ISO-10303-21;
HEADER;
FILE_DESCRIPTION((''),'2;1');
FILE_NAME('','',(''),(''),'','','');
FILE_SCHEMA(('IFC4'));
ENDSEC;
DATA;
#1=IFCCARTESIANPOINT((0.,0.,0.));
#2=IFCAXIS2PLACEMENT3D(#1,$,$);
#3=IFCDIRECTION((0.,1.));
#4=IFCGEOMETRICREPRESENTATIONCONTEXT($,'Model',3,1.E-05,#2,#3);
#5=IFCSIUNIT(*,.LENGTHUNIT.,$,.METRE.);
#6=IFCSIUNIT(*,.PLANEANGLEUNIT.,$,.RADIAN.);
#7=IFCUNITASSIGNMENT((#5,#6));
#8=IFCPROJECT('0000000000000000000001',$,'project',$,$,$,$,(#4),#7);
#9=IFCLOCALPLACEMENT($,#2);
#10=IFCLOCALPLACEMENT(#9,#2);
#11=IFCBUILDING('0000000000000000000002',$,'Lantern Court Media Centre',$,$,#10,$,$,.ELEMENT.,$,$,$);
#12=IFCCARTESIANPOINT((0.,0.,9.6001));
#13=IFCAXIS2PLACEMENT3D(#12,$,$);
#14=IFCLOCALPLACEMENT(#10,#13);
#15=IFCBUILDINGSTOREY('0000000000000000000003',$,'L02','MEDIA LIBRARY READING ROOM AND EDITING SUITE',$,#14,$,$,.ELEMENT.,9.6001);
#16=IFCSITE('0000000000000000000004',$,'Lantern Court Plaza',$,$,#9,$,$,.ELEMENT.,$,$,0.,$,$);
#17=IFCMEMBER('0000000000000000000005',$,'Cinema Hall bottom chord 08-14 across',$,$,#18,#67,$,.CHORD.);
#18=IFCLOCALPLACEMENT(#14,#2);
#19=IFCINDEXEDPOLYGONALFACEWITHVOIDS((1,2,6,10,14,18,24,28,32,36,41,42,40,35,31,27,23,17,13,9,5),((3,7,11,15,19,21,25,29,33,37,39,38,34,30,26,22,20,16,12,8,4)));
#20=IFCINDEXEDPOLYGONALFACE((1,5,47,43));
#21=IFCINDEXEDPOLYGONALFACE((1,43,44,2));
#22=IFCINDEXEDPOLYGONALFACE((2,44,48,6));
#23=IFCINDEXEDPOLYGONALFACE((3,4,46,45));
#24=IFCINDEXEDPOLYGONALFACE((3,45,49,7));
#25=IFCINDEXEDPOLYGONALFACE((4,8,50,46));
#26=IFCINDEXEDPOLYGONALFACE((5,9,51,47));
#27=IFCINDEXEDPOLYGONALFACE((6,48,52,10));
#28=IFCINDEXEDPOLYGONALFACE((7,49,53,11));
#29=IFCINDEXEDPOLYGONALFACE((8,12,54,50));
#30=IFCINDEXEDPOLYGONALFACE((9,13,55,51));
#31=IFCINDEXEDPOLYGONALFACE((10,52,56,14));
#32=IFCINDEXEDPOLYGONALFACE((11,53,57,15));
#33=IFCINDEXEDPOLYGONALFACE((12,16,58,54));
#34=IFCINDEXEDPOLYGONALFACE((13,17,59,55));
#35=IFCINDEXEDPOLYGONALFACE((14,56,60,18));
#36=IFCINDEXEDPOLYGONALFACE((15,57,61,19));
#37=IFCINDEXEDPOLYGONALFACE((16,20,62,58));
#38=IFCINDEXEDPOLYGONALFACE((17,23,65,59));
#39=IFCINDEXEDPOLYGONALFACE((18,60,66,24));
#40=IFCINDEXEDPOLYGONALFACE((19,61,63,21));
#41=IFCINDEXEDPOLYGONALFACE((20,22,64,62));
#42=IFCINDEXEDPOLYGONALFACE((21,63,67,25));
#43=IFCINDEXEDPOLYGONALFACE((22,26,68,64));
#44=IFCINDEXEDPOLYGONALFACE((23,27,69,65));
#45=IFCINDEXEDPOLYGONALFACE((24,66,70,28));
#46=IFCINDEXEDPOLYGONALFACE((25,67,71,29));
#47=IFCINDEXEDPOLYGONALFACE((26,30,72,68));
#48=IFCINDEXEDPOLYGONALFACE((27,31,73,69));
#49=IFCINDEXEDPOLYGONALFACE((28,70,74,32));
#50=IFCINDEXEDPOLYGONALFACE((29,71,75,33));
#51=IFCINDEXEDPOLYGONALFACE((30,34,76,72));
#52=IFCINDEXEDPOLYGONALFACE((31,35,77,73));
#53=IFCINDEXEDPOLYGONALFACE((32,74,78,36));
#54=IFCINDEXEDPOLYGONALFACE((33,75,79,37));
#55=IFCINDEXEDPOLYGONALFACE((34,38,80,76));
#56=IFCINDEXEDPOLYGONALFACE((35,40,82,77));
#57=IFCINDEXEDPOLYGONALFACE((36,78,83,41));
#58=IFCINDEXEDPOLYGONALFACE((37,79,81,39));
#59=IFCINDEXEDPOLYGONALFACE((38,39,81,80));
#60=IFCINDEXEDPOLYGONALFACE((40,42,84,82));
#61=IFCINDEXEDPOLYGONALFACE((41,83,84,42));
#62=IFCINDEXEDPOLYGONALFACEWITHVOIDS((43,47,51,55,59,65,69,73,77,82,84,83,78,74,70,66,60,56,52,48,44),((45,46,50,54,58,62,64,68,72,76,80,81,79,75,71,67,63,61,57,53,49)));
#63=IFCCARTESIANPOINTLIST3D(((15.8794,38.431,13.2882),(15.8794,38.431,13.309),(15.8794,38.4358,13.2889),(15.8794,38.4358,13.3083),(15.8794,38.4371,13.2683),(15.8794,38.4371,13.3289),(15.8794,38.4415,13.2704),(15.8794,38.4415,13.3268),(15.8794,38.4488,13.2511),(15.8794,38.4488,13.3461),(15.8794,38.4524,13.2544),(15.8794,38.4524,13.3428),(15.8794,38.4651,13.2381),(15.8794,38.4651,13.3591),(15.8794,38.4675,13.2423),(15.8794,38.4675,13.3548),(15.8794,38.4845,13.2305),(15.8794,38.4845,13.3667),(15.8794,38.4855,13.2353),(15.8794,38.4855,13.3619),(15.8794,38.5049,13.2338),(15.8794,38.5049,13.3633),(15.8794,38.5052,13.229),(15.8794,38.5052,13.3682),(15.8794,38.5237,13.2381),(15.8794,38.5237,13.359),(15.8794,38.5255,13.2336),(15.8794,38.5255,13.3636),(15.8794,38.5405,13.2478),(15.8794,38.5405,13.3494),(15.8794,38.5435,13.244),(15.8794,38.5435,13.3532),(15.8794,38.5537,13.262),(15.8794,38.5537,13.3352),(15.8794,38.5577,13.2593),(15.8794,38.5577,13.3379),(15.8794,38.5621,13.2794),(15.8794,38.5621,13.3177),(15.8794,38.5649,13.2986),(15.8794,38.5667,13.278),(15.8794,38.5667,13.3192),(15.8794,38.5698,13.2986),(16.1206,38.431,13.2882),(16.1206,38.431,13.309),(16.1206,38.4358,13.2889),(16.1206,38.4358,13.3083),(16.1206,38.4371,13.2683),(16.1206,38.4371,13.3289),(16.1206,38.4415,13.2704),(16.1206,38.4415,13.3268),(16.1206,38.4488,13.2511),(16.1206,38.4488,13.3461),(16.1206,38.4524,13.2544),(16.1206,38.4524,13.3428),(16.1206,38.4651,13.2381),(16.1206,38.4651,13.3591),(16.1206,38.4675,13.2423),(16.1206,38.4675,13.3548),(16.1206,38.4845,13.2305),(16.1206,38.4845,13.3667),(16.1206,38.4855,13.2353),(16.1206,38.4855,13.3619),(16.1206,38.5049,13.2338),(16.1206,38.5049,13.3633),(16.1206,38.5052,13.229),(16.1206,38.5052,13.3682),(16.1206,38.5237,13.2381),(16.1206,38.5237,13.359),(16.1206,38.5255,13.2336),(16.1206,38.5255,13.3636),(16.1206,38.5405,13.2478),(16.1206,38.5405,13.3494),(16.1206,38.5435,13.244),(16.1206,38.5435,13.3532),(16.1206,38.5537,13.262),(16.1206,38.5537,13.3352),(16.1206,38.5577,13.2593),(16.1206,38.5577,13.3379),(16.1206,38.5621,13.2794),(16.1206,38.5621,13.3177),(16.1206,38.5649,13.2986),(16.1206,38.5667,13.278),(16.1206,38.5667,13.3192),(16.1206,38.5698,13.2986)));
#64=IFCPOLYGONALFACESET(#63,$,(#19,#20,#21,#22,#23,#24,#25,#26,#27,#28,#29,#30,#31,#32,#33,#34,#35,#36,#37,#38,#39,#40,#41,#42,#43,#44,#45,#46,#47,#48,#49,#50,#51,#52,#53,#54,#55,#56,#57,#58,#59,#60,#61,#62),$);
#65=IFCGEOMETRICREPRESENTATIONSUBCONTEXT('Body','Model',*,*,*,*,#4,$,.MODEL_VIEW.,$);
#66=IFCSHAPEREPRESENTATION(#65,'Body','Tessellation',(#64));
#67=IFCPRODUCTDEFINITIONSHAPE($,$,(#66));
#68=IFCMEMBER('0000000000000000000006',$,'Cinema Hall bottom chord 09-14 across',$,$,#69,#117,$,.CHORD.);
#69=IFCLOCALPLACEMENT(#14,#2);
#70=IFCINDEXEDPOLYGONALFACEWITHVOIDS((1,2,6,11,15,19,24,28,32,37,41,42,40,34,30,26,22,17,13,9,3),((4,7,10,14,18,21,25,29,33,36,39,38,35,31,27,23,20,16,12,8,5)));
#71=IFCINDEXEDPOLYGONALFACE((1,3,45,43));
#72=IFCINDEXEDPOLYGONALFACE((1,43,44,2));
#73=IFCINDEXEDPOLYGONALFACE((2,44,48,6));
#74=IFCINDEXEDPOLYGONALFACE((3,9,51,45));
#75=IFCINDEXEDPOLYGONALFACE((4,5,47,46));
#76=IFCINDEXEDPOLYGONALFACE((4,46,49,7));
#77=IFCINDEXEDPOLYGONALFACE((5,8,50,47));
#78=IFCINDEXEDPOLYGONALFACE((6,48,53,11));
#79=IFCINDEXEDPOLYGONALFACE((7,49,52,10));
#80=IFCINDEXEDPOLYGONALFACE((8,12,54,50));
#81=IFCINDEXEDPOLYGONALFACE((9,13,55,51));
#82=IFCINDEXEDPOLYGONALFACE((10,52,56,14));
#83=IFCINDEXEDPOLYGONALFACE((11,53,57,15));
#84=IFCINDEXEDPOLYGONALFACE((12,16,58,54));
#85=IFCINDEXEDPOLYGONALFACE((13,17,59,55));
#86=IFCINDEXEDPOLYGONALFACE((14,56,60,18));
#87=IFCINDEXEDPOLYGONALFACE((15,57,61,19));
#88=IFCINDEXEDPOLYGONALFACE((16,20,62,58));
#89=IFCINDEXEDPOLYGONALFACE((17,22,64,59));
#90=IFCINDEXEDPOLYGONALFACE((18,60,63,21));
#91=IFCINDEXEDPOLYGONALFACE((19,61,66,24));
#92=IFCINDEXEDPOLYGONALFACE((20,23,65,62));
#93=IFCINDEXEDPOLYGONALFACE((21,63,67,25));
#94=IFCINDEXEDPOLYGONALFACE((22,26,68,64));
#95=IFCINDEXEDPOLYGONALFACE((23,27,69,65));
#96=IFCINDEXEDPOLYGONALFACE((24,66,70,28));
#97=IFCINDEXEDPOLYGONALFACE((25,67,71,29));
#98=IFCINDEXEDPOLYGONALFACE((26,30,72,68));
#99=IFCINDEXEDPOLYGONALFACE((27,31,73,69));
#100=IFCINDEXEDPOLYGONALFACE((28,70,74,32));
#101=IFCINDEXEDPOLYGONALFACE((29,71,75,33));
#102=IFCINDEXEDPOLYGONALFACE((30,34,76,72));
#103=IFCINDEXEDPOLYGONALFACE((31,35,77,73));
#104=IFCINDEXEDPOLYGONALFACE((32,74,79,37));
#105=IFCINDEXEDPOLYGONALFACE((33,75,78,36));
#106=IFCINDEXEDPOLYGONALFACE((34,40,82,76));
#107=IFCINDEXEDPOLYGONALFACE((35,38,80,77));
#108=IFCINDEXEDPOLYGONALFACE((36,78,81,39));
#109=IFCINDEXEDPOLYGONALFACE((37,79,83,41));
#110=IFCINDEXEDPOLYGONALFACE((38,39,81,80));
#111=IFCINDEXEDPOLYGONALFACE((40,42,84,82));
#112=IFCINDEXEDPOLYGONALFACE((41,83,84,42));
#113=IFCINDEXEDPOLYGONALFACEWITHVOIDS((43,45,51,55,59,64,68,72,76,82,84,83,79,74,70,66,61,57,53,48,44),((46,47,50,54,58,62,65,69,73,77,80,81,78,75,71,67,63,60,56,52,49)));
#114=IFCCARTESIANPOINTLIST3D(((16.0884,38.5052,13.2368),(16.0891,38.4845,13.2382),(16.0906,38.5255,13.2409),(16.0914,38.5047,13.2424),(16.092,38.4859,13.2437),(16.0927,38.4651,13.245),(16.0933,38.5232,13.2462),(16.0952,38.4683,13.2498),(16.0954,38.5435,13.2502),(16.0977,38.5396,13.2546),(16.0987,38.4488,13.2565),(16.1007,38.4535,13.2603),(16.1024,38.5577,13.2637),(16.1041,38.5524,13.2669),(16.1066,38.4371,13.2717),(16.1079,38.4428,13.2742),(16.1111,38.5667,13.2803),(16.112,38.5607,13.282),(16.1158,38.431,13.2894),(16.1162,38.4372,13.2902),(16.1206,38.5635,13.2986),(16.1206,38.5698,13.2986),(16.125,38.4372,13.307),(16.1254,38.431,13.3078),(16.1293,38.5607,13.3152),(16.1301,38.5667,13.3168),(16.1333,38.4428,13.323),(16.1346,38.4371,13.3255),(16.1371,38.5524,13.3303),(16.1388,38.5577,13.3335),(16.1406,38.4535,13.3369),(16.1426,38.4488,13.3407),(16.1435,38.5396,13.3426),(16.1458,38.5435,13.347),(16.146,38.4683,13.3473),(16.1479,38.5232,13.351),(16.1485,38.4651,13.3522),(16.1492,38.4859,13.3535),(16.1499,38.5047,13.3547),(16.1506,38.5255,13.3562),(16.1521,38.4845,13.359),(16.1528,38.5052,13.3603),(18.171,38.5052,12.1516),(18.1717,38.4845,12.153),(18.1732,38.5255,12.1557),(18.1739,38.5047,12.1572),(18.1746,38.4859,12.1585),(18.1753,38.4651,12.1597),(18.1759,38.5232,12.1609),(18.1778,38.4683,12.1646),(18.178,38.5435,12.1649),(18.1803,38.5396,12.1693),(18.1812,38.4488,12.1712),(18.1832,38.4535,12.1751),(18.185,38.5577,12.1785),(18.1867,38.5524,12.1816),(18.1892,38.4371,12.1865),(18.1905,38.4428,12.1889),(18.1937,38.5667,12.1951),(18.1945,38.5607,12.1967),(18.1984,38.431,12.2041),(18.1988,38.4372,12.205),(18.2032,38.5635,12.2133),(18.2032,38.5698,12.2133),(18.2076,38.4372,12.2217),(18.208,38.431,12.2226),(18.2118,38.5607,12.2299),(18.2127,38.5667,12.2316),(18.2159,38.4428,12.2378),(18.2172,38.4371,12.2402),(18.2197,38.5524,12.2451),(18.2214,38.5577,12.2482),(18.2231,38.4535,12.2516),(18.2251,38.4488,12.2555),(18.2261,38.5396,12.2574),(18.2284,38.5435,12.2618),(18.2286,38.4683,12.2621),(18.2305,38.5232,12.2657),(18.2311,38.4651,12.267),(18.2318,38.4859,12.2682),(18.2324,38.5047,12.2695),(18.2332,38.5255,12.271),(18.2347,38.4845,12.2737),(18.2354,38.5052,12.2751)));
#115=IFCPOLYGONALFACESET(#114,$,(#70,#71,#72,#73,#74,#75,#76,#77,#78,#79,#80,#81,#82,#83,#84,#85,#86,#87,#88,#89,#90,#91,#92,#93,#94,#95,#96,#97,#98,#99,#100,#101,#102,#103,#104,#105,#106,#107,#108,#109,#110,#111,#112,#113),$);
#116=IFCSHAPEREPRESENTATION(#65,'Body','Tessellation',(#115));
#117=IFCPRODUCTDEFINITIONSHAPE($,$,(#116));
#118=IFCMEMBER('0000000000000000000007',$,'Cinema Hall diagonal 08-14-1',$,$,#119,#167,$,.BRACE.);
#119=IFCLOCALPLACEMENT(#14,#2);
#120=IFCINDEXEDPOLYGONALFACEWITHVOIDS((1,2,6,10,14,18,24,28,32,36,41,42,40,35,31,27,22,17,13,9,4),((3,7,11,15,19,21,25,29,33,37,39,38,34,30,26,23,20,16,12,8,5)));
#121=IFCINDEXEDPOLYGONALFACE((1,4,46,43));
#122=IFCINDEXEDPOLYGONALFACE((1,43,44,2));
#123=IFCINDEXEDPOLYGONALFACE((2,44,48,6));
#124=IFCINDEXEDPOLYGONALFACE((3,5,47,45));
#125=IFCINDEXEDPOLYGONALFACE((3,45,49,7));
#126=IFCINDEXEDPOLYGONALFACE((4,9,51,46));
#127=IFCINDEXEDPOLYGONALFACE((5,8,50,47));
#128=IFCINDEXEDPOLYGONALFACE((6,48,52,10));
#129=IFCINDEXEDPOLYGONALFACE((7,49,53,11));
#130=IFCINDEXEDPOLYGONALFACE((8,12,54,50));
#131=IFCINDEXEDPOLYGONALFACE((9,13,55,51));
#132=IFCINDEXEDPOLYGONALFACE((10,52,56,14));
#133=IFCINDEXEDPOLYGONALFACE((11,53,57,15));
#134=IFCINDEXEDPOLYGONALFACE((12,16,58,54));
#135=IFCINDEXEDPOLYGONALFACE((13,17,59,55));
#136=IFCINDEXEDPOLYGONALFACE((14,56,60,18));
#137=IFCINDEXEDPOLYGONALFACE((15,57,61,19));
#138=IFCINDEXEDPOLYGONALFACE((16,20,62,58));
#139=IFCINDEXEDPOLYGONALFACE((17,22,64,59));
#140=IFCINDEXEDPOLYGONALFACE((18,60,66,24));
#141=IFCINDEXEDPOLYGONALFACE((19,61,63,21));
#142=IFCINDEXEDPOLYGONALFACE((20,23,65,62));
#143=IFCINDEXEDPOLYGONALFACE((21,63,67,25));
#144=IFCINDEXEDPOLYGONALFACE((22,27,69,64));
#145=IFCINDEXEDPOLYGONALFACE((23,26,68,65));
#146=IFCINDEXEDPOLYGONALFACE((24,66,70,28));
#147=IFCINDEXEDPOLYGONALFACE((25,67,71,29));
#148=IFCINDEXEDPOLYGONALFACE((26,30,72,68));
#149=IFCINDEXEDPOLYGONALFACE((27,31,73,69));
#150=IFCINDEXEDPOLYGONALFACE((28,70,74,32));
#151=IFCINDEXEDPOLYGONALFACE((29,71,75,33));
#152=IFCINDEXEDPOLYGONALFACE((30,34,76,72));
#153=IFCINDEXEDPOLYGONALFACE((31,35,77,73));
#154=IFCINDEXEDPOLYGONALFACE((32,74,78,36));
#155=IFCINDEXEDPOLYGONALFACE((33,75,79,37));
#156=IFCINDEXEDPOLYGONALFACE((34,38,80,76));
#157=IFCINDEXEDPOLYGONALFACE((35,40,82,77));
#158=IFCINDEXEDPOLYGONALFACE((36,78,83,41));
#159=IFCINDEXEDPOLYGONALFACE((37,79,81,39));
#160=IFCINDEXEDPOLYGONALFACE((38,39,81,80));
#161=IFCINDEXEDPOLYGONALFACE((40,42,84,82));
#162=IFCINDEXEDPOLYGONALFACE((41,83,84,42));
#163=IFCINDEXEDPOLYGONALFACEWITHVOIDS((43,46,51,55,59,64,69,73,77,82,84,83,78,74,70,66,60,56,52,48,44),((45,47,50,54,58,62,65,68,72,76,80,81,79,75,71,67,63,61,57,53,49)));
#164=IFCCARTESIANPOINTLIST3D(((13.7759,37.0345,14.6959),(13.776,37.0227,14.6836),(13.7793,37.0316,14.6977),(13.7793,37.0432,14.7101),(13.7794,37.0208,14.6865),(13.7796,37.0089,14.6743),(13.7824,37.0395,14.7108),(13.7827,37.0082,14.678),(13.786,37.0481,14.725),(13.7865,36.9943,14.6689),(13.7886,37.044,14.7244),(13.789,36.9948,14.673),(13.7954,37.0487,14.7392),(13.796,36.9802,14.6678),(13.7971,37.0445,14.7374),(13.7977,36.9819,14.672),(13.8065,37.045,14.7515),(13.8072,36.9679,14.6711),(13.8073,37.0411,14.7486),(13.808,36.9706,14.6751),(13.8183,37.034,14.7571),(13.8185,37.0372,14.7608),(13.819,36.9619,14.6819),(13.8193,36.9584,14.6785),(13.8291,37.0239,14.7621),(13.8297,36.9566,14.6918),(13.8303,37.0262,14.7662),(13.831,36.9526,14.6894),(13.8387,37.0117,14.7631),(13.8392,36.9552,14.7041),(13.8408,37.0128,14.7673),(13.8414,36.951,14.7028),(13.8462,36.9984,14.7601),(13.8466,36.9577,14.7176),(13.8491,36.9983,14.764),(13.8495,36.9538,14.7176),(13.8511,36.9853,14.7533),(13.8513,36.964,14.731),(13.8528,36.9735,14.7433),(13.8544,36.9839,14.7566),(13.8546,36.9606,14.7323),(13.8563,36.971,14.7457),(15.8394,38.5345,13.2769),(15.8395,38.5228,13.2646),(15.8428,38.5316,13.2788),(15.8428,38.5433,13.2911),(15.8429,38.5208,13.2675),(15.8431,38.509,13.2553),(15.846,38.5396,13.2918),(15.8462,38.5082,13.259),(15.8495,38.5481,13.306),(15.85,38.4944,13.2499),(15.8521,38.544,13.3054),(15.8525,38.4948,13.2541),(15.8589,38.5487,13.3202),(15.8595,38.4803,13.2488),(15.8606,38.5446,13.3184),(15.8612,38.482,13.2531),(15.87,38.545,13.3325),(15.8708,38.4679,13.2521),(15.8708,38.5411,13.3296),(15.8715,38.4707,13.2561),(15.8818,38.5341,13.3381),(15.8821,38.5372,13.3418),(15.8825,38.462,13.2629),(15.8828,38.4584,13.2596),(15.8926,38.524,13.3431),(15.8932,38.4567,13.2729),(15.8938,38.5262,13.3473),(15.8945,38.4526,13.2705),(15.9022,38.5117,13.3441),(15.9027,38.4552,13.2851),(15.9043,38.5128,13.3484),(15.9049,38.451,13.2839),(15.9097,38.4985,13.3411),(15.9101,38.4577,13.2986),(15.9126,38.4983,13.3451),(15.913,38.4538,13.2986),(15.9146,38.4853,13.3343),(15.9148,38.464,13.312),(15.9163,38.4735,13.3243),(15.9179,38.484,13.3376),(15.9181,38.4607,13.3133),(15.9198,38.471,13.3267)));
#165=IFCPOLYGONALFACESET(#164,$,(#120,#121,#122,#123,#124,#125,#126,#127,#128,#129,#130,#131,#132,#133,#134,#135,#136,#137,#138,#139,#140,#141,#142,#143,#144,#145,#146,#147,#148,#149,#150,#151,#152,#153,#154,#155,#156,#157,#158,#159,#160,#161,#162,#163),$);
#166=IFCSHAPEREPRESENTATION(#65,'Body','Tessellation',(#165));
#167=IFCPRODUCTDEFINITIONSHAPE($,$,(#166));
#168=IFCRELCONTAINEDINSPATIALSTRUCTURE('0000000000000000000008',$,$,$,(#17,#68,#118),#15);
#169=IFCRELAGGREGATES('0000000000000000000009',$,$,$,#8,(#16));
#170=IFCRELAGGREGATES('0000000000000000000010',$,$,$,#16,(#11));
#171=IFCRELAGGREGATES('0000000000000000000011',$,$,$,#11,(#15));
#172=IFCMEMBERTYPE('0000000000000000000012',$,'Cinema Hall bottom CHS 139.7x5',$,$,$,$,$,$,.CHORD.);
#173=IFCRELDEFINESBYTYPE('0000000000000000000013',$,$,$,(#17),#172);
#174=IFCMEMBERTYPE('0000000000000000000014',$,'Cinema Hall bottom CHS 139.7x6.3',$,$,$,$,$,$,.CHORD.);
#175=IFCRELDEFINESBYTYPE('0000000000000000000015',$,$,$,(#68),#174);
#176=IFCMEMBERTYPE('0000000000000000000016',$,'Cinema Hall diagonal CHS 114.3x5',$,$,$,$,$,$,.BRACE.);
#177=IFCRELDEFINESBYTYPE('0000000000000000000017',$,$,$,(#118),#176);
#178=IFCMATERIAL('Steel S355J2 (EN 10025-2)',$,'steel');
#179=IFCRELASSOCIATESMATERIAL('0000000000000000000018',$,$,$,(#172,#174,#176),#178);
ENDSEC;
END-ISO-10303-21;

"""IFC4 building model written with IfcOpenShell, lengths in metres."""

from ifc_helpers import new_model, si_unit, direction, frame, origin, origin_2d, place, context, subcontext, project, spatial, hollow_circle, extrude, material, material_profile, profile_set, type_object, element, save


model = new_model("IFC4")

# Units and contexts
model_context = context("Model", 3, precision=1e-05, world=origin(), true_north=direction((0.0, 1.0)))
body_context = subcontext(model_context, "Body", "Model", "MODEL_VIEW")
ifc_project = project(units=[si_unit("LENGTHUNIT", "METRE"), si_unit("PLANEANGLEUNIT", "RADIAN")], contexts=[model_context])

# Site, building, storey
site_placement = place(None, origin())
site = spatial("IfcSite", under=ifc_project, at=site_placement, Name="Lantern Court Plaza", CompositionType="ELEMENT", RefElevation=0.0)
building_placement = place(site_placement, origin())
building = spatial("IfcBuilding", under=site, at=building_placement, Name="Lantern Court Media Centre", CompositionType="ELEMENT")
storey_placement = place(building_placement, frame((0.0, 0.0, 9.6001)))
storey = spatial("IfcBuildingStorey", under=building, at=storey_placement, Name="L02", Description="MEDIA LIBRARY READING ROOM AND EDITING SUITE", CompositionType="ELEMENT", Elevation=9.6001)

# Members
ifc_material = material(Name="Steel S355J2 (EN 10025-2)", Category="steel")
ifc_material_profile_1 = material_profile(ifc_material, hollow_circle(Radius=0.0698, WallThickness=0.0049, at=origin_2d()), Name="Cinema Hall bottom CHS 139.7x5")
ifc_profile_set_1 = profile_set([ifc_material_profile_1], Name="Steel S355J2 (EN 10025-2)")
member_type_1 = type_object("IfcMemberType", Name="Cinema Hall bottom CHS 139.7x5", PredefinedType="CHORD", material=ifc_profile_set_1)
member_1_placement = place(storey_placement, frame((15.8794, 38.5, 13.2986), z_axis=(1.0, 0.0, 0.0), x_axis=(0.0, 1.0, 0.0)))
element("IfcMember", 1, at=member_1_placement, inside=storey, type_object=member_type_1, Name="Cinema Hall bottom chord 08-14 across", PredefinedType="CHORD", context=body_context, shape_type="SweptSolid", body=[
    extrude(hollow_circle(Radius=0.0698, WallThickness=0.0049, at=origin_2d()), origin(), (0.0, 0.0, 1.0), 0.2412),
])
ifc_material_profile_2 = material_profile(ifc_material, hollow_circle(Radius=0.0698, WallThickness=0.0063, at=origin_2d()), Name="Cinema Hall bottom CHS 139.7x6.3")
ifc_profile_set_2 = profile_set([ifc_material_profile_2], Name="Steel S355J2 (EN 10025-2)")
member_type_2 = type_object("IfcMemberType", Name="Cinema Hall bottom CHS 139.7x6.3", PredefinedType="CHORD", material=ifc_profile_set_2)
member_2_placement = place(storey_placement, frame((16.1206, 38.5, 13.2986), z_axis=(0.886816, 0.0, -0.462122), x_axis=(0.0, 1.0, 0.0)))
element("IfcMember", 2, at=member_2_placement, inside=storey, type_object=member_type_2, Name="Cinema Hall bottom chord 09-14 across", PredefinedType="CHORD", context=body_context, shape_type="SweptSolid", body=[
    extrude(hollow_circle(Radius=0.0698, WallThickness=0.0063, at=origin_2d()), origin(), (0.0, 0.0, 1.0), 2.3484),
])
ifc_material_profile_3 = material_profile(ifc_material, hollow_circle(Radius=0.0571, WallThickness=0.0049, at=origin_2d()), Name="Cinema Hall diagonal CHS 114.3x5")
ifc_profile_set_3 = profile_set([ifc_material_profile_3], Name="Steel S355J2 (EN 10025-2)")
member_type_3 = type_object("IfcMemberType", Name="Cinema Hall diagonal CHS 114.3x5", PredefinedType="BRACE", material=ifc_profile_set_3)
member_3_placement = place(storey_placement, frame((15.8794, 38.5, 13.2986), z_axis=(-0.70688, -0.513851, 0.486084), x_axis=(0.58799, -0.808868, 0.0)))
element("IfcMember", 3, at=member_3_placement, inside=storey, type_object=member_type_3, Name="Cinema Hall diagonal 08-14-1", PredefinedType="BRACE", context=body_context, shape_type="SweptSolid", body=[
    extrude(hollow_circle(Radius=0.0571, WallThickness=0.0049, at=origin_2d()), origin(), (0.0, 0.0, 1.0), 2.9192),
])

save(model, "model.ifc")
